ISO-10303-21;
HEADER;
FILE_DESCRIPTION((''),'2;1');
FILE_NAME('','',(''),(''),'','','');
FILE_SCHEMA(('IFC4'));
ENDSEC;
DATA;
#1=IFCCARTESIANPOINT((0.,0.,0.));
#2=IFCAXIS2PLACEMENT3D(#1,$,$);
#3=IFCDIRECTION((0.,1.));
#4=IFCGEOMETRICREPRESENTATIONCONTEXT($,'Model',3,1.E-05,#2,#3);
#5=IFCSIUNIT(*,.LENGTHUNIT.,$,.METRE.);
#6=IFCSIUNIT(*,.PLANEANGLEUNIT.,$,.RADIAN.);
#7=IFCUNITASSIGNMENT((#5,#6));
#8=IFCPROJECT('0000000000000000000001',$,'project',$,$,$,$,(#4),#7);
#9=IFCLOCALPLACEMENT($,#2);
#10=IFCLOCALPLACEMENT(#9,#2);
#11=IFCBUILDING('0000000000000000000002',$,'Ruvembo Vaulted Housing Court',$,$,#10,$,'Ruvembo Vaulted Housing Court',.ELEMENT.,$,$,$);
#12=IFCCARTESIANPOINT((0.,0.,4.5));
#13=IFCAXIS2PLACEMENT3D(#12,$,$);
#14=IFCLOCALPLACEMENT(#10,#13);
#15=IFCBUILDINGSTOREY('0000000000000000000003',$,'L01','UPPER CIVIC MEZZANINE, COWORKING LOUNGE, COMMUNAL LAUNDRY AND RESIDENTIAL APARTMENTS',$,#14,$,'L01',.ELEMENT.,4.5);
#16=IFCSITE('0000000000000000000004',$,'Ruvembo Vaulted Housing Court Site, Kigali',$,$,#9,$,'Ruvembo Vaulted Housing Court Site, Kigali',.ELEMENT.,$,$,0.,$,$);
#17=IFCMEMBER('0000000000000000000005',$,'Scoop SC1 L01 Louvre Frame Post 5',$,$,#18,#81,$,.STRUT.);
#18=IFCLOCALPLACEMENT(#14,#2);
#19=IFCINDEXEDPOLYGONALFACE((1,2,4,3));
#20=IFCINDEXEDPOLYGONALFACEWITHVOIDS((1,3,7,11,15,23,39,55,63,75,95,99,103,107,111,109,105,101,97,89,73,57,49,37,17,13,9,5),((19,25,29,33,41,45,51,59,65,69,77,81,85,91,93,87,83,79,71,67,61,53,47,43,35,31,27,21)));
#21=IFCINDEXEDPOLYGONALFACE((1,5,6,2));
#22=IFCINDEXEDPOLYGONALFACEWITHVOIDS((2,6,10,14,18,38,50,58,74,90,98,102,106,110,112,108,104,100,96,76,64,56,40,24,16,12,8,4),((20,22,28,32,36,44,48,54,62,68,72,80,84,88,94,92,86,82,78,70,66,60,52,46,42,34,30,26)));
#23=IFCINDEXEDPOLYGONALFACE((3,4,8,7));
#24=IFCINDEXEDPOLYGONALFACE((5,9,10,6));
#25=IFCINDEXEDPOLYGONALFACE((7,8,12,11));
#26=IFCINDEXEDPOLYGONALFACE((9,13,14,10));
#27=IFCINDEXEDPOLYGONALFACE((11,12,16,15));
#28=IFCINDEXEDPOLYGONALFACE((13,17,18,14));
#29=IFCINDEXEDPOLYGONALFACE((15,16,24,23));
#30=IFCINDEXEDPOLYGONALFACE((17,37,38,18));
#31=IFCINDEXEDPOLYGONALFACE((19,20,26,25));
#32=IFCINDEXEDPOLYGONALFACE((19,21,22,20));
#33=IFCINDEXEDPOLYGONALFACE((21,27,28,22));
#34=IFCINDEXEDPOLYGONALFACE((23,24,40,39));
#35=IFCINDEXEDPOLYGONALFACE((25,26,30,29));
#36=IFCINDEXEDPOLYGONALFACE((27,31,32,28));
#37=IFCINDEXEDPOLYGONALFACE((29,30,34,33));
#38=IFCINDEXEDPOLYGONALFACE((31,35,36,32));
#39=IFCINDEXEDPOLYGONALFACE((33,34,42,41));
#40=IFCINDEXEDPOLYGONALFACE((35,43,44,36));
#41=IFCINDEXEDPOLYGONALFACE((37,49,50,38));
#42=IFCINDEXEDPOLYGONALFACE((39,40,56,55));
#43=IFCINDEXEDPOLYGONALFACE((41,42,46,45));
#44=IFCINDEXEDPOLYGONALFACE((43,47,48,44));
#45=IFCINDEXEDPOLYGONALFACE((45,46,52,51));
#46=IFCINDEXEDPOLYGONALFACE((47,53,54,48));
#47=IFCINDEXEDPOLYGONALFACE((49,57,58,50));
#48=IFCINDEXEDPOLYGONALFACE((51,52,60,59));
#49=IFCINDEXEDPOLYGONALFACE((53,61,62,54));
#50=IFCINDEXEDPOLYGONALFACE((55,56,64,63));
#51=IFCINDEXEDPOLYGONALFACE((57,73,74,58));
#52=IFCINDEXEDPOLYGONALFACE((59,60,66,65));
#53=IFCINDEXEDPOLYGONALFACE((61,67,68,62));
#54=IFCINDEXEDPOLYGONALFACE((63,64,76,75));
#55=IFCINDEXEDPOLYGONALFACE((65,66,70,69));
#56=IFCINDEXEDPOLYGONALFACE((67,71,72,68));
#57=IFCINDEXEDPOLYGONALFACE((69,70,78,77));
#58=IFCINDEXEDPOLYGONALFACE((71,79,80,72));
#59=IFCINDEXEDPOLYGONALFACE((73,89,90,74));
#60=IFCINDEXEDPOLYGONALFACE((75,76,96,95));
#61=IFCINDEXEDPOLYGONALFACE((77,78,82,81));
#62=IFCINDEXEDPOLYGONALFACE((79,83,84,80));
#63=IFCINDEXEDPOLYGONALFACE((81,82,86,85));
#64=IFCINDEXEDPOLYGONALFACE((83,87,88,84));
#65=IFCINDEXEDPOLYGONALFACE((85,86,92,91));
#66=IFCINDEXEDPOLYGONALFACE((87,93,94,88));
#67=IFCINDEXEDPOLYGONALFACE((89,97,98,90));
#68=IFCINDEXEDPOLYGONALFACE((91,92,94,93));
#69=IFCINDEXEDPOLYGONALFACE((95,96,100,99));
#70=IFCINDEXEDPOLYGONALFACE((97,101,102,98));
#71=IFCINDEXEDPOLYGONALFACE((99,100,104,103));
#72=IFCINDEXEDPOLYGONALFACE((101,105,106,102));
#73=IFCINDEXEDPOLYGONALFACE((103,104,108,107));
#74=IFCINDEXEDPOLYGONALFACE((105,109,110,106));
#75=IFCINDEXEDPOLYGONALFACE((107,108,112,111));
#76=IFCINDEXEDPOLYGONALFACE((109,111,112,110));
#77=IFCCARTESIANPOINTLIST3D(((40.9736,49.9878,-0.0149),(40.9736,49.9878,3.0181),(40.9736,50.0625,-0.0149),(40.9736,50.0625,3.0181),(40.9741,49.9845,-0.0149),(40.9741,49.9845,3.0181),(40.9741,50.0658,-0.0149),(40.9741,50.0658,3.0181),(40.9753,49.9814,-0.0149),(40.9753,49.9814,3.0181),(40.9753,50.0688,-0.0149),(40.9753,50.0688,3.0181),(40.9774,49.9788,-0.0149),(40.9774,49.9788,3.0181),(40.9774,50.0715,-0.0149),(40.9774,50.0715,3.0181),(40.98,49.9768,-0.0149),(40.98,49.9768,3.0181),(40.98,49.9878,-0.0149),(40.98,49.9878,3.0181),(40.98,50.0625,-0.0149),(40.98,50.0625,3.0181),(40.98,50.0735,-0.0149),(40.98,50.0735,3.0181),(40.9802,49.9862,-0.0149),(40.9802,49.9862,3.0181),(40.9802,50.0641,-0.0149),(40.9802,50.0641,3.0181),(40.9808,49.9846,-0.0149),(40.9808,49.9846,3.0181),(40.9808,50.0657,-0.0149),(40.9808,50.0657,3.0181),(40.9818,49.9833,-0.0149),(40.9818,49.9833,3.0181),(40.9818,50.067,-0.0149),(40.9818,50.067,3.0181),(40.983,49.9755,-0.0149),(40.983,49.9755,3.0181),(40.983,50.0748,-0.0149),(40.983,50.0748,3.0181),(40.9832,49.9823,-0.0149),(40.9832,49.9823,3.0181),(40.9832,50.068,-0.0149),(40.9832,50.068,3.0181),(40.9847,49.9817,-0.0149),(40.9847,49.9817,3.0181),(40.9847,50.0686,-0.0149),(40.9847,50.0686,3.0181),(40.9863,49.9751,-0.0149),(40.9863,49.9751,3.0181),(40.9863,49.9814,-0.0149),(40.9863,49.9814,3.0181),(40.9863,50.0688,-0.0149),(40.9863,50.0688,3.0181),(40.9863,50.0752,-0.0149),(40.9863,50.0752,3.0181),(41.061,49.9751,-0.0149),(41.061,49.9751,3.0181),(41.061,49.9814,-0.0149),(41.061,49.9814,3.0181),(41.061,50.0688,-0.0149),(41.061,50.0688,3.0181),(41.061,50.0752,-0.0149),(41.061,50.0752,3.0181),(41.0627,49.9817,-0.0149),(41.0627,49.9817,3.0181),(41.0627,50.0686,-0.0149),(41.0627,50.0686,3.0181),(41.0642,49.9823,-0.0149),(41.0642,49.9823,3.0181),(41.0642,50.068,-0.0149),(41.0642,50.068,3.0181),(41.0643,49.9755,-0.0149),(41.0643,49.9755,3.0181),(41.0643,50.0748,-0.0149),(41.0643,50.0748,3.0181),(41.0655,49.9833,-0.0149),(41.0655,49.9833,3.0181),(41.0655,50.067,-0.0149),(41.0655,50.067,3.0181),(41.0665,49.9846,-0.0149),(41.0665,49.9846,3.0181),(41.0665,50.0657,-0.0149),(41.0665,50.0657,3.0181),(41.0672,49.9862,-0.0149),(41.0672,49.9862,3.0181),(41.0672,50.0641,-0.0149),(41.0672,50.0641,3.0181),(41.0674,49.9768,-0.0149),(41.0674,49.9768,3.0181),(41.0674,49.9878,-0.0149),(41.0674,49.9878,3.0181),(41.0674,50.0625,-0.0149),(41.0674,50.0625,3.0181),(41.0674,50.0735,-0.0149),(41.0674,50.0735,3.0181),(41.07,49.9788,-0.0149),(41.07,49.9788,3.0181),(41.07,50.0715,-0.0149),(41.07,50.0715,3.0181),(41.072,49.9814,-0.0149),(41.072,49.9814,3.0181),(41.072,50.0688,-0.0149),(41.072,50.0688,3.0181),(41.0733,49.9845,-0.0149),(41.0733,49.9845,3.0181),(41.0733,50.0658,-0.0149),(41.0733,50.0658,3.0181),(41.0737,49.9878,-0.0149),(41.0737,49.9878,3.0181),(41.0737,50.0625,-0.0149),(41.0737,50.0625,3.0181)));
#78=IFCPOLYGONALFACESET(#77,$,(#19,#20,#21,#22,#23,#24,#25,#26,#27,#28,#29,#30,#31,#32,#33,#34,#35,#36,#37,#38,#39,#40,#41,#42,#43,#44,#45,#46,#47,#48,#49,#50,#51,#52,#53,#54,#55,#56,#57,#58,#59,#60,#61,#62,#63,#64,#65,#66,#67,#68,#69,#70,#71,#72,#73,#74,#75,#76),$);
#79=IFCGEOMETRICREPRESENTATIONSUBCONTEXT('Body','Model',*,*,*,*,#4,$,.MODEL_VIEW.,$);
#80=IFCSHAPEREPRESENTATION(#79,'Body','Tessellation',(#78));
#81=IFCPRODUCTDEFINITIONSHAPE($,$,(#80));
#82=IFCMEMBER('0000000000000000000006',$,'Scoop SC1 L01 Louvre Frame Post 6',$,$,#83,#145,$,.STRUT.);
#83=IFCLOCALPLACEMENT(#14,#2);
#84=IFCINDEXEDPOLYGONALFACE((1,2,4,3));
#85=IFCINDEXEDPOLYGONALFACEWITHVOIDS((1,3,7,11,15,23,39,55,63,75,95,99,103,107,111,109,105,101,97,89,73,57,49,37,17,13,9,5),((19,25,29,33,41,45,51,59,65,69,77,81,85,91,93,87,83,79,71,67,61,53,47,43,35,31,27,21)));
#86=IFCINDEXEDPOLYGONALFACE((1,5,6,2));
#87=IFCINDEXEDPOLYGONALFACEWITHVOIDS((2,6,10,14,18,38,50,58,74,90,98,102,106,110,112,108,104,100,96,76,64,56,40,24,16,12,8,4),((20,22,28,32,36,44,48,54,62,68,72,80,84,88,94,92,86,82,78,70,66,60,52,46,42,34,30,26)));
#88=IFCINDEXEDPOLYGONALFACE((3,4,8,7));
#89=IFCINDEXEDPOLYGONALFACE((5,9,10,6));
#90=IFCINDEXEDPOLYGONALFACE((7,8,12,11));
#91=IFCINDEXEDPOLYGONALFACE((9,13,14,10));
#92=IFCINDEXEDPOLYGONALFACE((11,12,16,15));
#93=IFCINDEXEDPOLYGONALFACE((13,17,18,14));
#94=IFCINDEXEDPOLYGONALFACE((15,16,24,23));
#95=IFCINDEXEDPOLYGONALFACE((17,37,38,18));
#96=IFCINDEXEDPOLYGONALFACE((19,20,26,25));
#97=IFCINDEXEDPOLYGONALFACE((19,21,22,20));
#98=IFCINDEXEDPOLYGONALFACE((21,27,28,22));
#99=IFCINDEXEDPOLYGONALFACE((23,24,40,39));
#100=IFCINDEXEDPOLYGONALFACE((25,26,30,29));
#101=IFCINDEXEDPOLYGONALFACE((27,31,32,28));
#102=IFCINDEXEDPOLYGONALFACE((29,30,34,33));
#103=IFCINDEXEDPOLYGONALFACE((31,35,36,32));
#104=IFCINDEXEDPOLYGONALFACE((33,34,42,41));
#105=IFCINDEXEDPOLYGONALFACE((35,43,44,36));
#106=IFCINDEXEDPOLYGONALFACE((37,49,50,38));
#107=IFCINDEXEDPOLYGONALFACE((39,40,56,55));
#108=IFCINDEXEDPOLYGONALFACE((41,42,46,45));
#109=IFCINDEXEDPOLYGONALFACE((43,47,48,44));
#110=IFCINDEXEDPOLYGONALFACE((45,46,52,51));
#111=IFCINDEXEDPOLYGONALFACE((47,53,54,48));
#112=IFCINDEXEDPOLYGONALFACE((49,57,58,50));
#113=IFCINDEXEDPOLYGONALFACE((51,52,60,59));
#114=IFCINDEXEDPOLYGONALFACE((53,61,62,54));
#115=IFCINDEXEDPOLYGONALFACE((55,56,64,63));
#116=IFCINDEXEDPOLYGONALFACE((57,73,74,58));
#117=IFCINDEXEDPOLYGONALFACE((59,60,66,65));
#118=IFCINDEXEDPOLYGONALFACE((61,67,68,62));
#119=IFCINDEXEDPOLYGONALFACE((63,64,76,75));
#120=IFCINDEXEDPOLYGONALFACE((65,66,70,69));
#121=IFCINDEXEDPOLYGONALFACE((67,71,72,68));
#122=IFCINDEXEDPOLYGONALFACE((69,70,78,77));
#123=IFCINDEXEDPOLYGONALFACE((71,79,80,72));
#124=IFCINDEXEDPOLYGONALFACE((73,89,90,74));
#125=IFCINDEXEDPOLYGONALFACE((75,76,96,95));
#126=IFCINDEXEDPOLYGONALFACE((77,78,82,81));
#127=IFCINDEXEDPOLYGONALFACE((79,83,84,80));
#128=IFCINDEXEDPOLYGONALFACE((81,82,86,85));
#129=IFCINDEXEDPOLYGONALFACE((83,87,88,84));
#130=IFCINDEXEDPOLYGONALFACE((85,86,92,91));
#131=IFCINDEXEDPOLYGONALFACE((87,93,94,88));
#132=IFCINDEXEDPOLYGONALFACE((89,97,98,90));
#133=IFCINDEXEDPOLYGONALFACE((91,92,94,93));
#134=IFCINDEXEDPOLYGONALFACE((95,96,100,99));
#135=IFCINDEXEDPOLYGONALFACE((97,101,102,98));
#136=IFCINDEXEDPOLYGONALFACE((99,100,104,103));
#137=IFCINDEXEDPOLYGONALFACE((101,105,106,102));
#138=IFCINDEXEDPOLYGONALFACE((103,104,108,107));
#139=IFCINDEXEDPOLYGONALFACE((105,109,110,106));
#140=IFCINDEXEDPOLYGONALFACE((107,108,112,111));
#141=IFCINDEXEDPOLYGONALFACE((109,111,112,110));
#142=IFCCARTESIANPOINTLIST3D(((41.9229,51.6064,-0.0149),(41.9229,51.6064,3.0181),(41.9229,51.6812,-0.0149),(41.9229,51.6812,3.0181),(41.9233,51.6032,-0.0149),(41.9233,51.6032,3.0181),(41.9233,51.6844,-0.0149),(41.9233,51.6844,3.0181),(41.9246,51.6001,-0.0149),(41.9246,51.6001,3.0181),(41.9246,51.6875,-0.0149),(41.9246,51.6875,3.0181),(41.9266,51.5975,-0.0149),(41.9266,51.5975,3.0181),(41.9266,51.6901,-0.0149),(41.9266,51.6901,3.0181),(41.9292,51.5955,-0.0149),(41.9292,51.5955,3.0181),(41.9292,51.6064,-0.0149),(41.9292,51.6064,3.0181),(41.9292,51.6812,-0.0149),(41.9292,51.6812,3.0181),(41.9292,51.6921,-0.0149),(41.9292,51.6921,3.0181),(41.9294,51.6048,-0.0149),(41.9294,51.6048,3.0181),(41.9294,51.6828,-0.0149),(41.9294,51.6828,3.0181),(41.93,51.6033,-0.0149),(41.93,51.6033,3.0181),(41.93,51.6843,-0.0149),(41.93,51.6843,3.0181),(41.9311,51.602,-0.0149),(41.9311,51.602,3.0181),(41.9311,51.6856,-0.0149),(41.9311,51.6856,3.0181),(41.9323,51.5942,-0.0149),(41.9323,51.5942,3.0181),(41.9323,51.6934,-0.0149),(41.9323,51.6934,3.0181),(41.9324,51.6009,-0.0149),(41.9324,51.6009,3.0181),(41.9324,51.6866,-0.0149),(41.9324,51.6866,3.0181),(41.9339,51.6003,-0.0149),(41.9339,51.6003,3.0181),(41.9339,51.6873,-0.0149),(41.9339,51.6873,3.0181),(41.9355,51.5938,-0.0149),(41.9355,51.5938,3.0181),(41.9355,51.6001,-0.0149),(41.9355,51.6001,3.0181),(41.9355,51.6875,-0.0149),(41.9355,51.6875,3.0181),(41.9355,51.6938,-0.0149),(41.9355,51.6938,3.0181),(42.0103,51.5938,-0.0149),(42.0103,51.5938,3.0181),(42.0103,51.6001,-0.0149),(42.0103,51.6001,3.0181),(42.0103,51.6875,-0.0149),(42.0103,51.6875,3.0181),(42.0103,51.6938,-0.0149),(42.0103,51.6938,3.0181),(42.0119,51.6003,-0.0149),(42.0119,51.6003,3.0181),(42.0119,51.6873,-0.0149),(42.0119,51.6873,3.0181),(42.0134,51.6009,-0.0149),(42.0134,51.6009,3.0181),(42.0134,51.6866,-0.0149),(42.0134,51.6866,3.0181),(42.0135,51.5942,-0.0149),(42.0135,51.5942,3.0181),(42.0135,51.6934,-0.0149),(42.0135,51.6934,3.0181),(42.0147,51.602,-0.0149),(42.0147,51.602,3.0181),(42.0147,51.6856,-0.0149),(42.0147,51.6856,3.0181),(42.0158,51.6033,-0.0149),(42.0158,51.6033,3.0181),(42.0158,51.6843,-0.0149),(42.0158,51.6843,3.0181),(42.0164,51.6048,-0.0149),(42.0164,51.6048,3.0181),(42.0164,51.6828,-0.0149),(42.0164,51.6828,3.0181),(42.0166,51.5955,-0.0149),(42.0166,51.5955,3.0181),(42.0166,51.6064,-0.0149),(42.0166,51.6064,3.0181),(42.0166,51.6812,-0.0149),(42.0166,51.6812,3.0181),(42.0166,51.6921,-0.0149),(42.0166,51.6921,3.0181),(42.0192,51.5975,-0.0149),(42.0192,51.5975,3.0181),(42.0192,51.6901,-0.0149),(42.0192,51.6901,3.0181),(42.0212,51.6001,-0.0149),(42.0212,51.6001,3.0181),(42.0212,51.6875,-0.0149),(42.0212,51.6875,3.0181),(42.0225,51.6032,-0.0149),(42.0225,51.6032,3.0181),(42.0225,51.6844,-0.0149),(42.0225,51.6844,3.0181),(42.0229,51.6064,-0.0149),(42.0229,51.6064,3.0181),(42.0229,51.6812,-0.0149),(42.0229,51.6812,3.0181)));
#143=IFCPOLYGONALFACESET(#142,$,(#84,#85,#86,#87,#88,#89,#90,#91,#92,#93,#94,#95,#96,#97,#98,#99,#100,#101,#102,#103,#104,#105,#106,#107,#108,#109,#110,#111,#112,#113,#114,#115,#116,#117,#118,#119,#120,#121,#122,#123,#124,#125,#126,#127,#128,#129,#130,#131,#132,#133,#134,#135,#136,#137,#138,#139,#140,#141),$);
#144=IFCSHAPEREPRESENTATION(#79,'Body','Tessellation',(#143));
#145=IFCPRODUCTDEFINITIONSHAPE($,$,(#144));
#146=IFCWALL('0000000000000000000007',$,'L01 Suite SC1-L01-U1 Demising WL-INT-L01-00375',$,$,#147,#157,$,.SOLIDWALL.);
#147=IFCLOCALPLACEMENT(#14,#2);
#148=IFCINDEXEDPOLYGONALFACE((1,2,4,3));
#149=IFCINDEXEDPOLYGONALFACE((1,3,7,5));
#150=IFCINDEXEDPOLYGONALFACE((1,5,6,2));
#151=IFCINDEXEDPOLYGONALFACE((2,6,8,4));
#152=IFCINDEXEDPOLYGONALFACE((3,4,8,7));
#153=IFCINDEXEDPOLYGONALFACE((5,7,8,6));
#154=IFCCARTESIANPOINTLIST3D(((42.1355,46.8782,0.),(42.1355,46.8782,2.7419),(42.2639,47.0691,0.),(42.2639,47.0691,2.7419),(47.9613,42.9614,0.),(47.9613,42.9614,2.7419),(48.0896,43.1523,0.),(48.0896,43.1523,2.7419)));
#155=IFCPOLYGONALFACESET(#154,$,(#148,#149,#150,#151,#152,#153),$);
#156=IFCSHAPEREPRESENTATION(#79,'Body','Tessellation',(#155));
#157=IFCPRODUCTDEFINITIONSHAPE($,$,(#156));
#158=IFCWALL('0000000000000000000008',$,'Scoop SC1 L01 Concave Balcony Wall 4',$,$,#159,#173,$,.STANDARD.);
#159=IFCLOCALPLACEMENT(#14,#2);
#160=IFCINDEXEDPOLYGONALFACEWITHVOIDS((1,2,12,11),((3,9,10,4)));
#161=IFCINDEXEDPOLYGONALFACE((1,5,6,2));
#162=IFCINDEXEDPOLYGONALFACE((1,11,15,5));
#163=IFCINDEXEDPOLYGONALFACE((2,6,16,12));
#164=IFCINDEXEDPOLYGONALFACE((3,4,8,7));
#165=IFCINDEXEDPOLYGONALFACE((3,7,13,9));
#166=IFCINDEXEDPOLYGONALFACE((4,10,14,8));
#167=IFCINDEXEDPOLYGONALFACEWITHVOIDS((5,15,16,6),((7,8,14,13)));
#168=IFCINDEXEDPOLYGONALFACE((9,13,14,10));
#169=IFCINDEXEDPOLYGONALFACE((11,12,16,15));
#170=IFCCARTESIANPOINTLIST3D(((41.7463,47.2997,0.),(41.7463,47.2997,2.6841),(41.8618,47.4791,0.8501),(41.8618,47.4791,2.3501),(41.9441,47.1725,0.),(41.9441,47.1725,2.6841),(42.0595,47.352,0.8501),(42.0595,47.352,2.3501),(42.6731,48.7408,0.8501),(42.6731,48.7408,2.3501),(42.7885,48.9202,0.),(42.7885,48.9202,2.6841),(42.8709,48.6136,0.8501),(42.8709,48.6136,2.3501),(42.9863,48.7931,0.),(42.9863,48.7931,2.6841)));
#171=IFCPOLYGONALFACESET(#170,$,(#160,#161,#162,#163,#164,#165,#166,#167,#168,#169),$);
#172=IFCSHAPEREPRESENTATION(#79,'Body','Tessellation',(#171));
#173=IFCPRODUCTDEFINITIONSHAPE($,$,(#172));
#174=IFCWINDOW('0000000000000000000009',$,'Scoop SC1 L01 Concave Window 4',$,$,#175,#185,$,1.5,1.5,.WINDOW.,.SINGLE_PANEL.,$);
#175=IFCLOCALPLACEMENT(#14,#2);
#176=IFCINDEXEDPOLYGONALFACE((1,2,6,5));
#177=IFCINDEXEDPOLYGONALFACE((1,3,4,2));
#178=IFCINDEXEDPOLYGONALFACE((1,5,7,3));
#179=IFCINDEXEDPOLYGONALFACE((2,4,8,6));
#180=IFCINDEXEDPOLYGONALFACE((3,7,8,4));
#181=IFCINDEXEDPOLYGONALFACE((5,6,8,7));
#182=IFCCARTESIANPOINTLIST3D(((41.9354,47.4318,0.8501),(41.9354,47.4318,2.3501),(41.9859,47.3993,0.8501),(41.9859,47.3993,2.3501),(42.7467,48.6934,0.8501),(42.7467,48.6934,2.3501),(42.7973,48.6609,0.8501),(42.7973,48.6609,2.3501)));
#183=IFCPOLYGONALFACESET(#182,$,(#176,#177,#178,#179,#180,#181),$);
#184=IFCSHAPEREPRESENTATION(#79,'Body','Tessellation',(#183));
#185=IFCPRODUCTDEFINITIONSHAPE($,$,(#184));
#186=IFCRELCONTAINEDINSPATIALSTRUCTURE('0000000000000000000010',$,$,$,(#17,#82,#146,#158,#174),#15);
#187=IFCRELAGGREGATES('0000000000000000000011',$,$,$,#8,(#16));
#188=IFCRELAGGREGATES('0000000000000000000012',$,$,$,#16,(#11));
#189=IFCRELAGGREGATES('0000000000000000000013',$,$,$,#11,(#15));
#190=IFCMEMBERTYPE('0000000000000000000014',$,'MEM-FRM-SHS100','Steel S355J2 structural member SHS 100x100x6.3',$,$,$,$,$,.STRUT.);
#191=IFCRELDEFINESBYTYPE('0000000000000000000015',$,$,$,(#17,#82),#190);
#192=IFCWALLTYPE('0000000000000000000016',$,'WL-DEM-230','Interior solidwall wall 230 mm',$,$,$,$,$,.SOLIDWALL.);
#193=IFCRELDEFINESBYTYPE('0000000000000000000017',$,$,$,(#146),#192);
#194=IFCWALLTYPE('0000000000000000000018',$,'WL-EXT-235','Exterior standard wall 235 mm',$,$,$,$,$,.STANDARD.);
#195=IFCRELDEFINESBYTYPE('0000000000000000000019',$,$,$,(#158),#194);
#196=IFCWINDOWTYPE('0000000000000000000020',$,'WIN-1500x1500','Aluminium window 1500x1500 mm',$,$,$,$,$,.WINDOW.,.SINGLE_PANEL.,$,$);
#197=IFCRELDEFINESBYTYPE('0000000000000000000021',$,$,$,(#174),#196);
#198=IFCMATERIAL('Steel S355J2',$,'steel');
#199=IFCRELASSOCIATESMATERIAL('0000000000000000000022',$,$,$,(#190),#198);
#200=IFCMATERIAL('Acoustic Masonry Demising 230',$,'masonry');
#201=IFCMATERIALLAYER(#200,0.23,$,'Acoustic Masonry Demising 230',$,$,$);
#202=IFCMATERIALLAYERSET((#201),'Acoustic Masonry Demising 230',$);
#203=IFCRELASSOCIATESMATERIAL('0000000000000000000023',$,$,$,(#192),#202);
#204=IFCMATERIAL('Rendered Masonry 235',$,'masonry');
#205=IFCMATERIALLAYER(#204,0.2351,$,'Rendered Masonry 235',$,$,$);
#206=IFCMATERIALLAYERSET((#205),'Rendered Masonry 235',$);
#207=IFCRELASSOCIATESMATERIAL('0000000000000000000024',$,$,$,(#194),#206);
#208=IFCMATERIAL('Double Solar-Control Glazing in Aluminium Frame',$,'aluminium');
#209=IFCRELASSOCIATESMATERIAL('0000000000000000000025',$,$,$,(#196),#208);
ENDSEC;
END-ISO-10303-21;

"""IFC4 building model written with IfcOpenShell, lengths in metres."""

from ifc_helpers import new_model, si_unit, direction, frame, frame_2d, origin, origin_2d, place, context, subcontext, project, spatial, rectangle, hollow_rectangle, extrude, material, layer, layer_set, material_profile, profile_set, type_object, element, fill, save


model = new_model("IFC4")

# Units and contexts
model_context = context("Model", 3, precision=1e-05, world=origin(), true_north=direction((0.0, 1.0)))
body_context = subcontext(model_context, "Body", "Model", "MODEL_VIEW")
ifc_project = project(units=[si_unit("LENGTHUNIT", "METRE"), si_unit("PLANEANGLEUNIT", "RADIAN")], contexts=[model_context])

# Site, building, storey
site_placement = place(None, origin())
site = spatial("IfcSite", under=ifc_project, at=site_placement, Name="Ruvembo Vaulted Housing Court Site, Kigali", LongName="Ruvembo Vaulted Housing Court Site, Kigali", CompositionType="ELEMENT", RefElevation=0.0)
building_placement = place(site_placement, origin())
building = spatial("IfcBuilding", under=site, at=building_placement, Name="Ruvembo Vaulted Housing Court", LongName="Ruvembo Vaulted Housing Court", CompositionType="ELEMENT")
storey_placement = place(building_placement, frame((0.0, 0.0, 4.5)))
storey = spatial("IfcBuildingStorey", under=building, at=storey_placement, Name="L01", Description="UPPER CIVIC MEZZANINE, COWORKING LOUNGE, COMMUNAL LAUNDRY AND RESIDENTIAL APARTMENTS", LongName="L01", CompositionType="ELEMENT", Elevation=4.5)

# Shared definitions
ifc_material_1 = material(Name="Steel S355J2", Category="steel")

# Members
ifc_material_profile_1 = material_profile(ifc_material_1, hollow_rectangle(XDim=0.1001, YDim=0.1001, WallThickness=0.0063, InnerFilletRadius=0.0063, OuterFilletRadius=0.0127, at=origin_2d()), Name="SHS 100x100x6.3")
ifc_profile_set_1 = profile_set([ifc_material_profile_1], Name="Steel S355J2")
member_type_1 = type_object("IfcMemberType", Name="MEM-FRM-SHS100", Description="Steel S355J2 structural member SHS 100x100x6.3", PredefinedType="STRUT", material=ifc_profile_set_1)
for number, where, z_axis, x_axis, name in (
    (1, (41.0237, 50.0251, -0.0149), (0.0, 0.0, 1.0), (1.0, 0.0, 0.0), "Scoop SC1 L01 Louvre Frame Post 5"),
    (2, (41.9729, 51.6438, -0.0149), (0.0, 0.0, 1.0), (1.0, 0.0, 0.0), "Scoop SC1 L01 Louvre Frame Post 6"),
):
    element("IfcMember", number, at=place(storey_placement, frame(where, z_axis=z_axis, x_axis=x_axis)), inside=storey, type_object=member_type_1, Name=name, PredefinedType="STRUT", context=body_context, shape_type="SweptSolid", body=[
        extrude(hollow_rectangle(XDim=0.1001, YDim=0.1001, WallThickness=0.0063, InnerFilletRadius=0.0063, OuterFilletRadius=0.0127, at=origin_2d()), origin(), (0.0, 0.0, 1.0), 3.033),
    ])

# Wall
ifc_material_2 = material(Name="Acoustic Masonry Demising 230", Category="masonry")
ifc_layer_1 = layer(ifc_material_2, 0.23, Name="Acoustic Masonry Demising 230")
ifc_layer_set_1 = layer_set([ifc_layer_1], Name="Acoustic Masonry Demising 230")
wall_type_1 = type_object("IfcWallType", Name="WL-DEM-230", Description="Interior solidwall wall 230 mm", PredefinedType="SOLIDWALL", material=ifc_layer_set_1)
wall_1_placement = place(storey_placement, frame((42.1997, 46.9736, 0.0), z_axis=(0.0, 0.0, 1.0), x_axis=(0.829877, -0.557946, 0.0)))
element("IfcWall", 3, at=wall_1_placement, inside=storey, type_object=wall_type_1, Name="L01 Suite SC1-L01-U1 Demising WL-INT-L01-00375", PredefinedType="SOLIDWALL", context=body_context, shape_type="SweptSolid", body=[
    extrude(rectangle(XDim=7.02, YDim=0.23, at=frame_2d((3.51, 0.0))), origin(), (0.0, 0.0, 1.0), 2.7419),
])

# Wall, opening, window
ifc_material_3 = material(Name="Rendered Masonry 235", Category="masonry")
ifc_layer_2 = layer(ifc_material_3, 0.2351, Name="Rendered Masonry 235")
ifc_layer_set_2 = layer_set([ifc_layer_2], Name="Rendered Masonry 235")
wall_type_2 = type_object("IfcWallType", Name="WL-EXT-235", Description="Exterior standard wall 235 mm", PredefinedType="STANDARD", material=ifc_layer_set_2)
wall_2_placement = place(storey_placement, frame((41.8452, 47.2361, 0.0), z_axis=(0.0, 0.0, 1.0), x_axis=(0.540911, 0.84108, 0.0)))
wall_2 = element("IfcWall", 4, at=wall_2_placement, inside=storey, type_object=wall_type_2, Name="Scoop SC1 L01 Concave Balcony Wall 4", PredefinedType="STANDARD", context=body_context, shape_type="SweptSolid", body=[
    extrude(rectangle(XDim=1.9268, YDim=0.2351, at=frame_2d((0.9634, 0.0))), origin(), (0.0, 0.0, 1.0), 2.6841),
])
opening_1_placement = place(wall_2_placement, frame((0.2134, 0.0, 0.8501)))
opening_1 = element("IfcOpeningElement", 5, at=opening_1_placement, cuts=wall_2, PredefinedType="OPENING", context=body_context, shape_type="SweptSolid", body=[
    extrude(rectangle(XDim=1.5, YDim=1.5, at=frame_2d((0.75, 0.75))), frame((0.0, 0.1274, 0.0), z_axis=(0.0, -1.0, 0.0), x_axis=(1.0, 0.0, 0.0)), (0.0, 0.0, 1.0), 0.2551),
])
ifc_material_4 = material(Name="Double Solar-Control Glazing in Aluminium Frame", Category="aluminium")
window_type_1 = type_object("IfcWindowType", Name="WIN-1500x1500", Description="Aluminium window 1500x1500 mm", PartitioningType="SINGLE_PANEL", PredefinedType="WINDOW", material=ifc_material_4)
window_1_placement = place(opening_1_placement, origin())
window_1 = element("IfcWindow", 6, at=window_1_placement, inside=storey, type_object=window_type_1, Name="Scoop SC1 L01 Concave Window 4", OverallHeight=1.5, OverallWidth=1.5, PartitioningType="SINGLE_PANEL", PredefinedType="WINDOW", context=body_context, shape_type="SweptSolid", body=[
    extrude(rectangle(XDim=1.5, YDim=1.5, at=frame_2d((0.75, 0.75))), frame((0.0, 0.03, 0.0), z_axis=(0.0, -1.0, 0.0), x_axis=(1.0, 0.0, 0.0)), (0.0, 0.0, 1.0), 0.0601),
])
fill(opening_1, window_1)

save(model, "model.ifc")
